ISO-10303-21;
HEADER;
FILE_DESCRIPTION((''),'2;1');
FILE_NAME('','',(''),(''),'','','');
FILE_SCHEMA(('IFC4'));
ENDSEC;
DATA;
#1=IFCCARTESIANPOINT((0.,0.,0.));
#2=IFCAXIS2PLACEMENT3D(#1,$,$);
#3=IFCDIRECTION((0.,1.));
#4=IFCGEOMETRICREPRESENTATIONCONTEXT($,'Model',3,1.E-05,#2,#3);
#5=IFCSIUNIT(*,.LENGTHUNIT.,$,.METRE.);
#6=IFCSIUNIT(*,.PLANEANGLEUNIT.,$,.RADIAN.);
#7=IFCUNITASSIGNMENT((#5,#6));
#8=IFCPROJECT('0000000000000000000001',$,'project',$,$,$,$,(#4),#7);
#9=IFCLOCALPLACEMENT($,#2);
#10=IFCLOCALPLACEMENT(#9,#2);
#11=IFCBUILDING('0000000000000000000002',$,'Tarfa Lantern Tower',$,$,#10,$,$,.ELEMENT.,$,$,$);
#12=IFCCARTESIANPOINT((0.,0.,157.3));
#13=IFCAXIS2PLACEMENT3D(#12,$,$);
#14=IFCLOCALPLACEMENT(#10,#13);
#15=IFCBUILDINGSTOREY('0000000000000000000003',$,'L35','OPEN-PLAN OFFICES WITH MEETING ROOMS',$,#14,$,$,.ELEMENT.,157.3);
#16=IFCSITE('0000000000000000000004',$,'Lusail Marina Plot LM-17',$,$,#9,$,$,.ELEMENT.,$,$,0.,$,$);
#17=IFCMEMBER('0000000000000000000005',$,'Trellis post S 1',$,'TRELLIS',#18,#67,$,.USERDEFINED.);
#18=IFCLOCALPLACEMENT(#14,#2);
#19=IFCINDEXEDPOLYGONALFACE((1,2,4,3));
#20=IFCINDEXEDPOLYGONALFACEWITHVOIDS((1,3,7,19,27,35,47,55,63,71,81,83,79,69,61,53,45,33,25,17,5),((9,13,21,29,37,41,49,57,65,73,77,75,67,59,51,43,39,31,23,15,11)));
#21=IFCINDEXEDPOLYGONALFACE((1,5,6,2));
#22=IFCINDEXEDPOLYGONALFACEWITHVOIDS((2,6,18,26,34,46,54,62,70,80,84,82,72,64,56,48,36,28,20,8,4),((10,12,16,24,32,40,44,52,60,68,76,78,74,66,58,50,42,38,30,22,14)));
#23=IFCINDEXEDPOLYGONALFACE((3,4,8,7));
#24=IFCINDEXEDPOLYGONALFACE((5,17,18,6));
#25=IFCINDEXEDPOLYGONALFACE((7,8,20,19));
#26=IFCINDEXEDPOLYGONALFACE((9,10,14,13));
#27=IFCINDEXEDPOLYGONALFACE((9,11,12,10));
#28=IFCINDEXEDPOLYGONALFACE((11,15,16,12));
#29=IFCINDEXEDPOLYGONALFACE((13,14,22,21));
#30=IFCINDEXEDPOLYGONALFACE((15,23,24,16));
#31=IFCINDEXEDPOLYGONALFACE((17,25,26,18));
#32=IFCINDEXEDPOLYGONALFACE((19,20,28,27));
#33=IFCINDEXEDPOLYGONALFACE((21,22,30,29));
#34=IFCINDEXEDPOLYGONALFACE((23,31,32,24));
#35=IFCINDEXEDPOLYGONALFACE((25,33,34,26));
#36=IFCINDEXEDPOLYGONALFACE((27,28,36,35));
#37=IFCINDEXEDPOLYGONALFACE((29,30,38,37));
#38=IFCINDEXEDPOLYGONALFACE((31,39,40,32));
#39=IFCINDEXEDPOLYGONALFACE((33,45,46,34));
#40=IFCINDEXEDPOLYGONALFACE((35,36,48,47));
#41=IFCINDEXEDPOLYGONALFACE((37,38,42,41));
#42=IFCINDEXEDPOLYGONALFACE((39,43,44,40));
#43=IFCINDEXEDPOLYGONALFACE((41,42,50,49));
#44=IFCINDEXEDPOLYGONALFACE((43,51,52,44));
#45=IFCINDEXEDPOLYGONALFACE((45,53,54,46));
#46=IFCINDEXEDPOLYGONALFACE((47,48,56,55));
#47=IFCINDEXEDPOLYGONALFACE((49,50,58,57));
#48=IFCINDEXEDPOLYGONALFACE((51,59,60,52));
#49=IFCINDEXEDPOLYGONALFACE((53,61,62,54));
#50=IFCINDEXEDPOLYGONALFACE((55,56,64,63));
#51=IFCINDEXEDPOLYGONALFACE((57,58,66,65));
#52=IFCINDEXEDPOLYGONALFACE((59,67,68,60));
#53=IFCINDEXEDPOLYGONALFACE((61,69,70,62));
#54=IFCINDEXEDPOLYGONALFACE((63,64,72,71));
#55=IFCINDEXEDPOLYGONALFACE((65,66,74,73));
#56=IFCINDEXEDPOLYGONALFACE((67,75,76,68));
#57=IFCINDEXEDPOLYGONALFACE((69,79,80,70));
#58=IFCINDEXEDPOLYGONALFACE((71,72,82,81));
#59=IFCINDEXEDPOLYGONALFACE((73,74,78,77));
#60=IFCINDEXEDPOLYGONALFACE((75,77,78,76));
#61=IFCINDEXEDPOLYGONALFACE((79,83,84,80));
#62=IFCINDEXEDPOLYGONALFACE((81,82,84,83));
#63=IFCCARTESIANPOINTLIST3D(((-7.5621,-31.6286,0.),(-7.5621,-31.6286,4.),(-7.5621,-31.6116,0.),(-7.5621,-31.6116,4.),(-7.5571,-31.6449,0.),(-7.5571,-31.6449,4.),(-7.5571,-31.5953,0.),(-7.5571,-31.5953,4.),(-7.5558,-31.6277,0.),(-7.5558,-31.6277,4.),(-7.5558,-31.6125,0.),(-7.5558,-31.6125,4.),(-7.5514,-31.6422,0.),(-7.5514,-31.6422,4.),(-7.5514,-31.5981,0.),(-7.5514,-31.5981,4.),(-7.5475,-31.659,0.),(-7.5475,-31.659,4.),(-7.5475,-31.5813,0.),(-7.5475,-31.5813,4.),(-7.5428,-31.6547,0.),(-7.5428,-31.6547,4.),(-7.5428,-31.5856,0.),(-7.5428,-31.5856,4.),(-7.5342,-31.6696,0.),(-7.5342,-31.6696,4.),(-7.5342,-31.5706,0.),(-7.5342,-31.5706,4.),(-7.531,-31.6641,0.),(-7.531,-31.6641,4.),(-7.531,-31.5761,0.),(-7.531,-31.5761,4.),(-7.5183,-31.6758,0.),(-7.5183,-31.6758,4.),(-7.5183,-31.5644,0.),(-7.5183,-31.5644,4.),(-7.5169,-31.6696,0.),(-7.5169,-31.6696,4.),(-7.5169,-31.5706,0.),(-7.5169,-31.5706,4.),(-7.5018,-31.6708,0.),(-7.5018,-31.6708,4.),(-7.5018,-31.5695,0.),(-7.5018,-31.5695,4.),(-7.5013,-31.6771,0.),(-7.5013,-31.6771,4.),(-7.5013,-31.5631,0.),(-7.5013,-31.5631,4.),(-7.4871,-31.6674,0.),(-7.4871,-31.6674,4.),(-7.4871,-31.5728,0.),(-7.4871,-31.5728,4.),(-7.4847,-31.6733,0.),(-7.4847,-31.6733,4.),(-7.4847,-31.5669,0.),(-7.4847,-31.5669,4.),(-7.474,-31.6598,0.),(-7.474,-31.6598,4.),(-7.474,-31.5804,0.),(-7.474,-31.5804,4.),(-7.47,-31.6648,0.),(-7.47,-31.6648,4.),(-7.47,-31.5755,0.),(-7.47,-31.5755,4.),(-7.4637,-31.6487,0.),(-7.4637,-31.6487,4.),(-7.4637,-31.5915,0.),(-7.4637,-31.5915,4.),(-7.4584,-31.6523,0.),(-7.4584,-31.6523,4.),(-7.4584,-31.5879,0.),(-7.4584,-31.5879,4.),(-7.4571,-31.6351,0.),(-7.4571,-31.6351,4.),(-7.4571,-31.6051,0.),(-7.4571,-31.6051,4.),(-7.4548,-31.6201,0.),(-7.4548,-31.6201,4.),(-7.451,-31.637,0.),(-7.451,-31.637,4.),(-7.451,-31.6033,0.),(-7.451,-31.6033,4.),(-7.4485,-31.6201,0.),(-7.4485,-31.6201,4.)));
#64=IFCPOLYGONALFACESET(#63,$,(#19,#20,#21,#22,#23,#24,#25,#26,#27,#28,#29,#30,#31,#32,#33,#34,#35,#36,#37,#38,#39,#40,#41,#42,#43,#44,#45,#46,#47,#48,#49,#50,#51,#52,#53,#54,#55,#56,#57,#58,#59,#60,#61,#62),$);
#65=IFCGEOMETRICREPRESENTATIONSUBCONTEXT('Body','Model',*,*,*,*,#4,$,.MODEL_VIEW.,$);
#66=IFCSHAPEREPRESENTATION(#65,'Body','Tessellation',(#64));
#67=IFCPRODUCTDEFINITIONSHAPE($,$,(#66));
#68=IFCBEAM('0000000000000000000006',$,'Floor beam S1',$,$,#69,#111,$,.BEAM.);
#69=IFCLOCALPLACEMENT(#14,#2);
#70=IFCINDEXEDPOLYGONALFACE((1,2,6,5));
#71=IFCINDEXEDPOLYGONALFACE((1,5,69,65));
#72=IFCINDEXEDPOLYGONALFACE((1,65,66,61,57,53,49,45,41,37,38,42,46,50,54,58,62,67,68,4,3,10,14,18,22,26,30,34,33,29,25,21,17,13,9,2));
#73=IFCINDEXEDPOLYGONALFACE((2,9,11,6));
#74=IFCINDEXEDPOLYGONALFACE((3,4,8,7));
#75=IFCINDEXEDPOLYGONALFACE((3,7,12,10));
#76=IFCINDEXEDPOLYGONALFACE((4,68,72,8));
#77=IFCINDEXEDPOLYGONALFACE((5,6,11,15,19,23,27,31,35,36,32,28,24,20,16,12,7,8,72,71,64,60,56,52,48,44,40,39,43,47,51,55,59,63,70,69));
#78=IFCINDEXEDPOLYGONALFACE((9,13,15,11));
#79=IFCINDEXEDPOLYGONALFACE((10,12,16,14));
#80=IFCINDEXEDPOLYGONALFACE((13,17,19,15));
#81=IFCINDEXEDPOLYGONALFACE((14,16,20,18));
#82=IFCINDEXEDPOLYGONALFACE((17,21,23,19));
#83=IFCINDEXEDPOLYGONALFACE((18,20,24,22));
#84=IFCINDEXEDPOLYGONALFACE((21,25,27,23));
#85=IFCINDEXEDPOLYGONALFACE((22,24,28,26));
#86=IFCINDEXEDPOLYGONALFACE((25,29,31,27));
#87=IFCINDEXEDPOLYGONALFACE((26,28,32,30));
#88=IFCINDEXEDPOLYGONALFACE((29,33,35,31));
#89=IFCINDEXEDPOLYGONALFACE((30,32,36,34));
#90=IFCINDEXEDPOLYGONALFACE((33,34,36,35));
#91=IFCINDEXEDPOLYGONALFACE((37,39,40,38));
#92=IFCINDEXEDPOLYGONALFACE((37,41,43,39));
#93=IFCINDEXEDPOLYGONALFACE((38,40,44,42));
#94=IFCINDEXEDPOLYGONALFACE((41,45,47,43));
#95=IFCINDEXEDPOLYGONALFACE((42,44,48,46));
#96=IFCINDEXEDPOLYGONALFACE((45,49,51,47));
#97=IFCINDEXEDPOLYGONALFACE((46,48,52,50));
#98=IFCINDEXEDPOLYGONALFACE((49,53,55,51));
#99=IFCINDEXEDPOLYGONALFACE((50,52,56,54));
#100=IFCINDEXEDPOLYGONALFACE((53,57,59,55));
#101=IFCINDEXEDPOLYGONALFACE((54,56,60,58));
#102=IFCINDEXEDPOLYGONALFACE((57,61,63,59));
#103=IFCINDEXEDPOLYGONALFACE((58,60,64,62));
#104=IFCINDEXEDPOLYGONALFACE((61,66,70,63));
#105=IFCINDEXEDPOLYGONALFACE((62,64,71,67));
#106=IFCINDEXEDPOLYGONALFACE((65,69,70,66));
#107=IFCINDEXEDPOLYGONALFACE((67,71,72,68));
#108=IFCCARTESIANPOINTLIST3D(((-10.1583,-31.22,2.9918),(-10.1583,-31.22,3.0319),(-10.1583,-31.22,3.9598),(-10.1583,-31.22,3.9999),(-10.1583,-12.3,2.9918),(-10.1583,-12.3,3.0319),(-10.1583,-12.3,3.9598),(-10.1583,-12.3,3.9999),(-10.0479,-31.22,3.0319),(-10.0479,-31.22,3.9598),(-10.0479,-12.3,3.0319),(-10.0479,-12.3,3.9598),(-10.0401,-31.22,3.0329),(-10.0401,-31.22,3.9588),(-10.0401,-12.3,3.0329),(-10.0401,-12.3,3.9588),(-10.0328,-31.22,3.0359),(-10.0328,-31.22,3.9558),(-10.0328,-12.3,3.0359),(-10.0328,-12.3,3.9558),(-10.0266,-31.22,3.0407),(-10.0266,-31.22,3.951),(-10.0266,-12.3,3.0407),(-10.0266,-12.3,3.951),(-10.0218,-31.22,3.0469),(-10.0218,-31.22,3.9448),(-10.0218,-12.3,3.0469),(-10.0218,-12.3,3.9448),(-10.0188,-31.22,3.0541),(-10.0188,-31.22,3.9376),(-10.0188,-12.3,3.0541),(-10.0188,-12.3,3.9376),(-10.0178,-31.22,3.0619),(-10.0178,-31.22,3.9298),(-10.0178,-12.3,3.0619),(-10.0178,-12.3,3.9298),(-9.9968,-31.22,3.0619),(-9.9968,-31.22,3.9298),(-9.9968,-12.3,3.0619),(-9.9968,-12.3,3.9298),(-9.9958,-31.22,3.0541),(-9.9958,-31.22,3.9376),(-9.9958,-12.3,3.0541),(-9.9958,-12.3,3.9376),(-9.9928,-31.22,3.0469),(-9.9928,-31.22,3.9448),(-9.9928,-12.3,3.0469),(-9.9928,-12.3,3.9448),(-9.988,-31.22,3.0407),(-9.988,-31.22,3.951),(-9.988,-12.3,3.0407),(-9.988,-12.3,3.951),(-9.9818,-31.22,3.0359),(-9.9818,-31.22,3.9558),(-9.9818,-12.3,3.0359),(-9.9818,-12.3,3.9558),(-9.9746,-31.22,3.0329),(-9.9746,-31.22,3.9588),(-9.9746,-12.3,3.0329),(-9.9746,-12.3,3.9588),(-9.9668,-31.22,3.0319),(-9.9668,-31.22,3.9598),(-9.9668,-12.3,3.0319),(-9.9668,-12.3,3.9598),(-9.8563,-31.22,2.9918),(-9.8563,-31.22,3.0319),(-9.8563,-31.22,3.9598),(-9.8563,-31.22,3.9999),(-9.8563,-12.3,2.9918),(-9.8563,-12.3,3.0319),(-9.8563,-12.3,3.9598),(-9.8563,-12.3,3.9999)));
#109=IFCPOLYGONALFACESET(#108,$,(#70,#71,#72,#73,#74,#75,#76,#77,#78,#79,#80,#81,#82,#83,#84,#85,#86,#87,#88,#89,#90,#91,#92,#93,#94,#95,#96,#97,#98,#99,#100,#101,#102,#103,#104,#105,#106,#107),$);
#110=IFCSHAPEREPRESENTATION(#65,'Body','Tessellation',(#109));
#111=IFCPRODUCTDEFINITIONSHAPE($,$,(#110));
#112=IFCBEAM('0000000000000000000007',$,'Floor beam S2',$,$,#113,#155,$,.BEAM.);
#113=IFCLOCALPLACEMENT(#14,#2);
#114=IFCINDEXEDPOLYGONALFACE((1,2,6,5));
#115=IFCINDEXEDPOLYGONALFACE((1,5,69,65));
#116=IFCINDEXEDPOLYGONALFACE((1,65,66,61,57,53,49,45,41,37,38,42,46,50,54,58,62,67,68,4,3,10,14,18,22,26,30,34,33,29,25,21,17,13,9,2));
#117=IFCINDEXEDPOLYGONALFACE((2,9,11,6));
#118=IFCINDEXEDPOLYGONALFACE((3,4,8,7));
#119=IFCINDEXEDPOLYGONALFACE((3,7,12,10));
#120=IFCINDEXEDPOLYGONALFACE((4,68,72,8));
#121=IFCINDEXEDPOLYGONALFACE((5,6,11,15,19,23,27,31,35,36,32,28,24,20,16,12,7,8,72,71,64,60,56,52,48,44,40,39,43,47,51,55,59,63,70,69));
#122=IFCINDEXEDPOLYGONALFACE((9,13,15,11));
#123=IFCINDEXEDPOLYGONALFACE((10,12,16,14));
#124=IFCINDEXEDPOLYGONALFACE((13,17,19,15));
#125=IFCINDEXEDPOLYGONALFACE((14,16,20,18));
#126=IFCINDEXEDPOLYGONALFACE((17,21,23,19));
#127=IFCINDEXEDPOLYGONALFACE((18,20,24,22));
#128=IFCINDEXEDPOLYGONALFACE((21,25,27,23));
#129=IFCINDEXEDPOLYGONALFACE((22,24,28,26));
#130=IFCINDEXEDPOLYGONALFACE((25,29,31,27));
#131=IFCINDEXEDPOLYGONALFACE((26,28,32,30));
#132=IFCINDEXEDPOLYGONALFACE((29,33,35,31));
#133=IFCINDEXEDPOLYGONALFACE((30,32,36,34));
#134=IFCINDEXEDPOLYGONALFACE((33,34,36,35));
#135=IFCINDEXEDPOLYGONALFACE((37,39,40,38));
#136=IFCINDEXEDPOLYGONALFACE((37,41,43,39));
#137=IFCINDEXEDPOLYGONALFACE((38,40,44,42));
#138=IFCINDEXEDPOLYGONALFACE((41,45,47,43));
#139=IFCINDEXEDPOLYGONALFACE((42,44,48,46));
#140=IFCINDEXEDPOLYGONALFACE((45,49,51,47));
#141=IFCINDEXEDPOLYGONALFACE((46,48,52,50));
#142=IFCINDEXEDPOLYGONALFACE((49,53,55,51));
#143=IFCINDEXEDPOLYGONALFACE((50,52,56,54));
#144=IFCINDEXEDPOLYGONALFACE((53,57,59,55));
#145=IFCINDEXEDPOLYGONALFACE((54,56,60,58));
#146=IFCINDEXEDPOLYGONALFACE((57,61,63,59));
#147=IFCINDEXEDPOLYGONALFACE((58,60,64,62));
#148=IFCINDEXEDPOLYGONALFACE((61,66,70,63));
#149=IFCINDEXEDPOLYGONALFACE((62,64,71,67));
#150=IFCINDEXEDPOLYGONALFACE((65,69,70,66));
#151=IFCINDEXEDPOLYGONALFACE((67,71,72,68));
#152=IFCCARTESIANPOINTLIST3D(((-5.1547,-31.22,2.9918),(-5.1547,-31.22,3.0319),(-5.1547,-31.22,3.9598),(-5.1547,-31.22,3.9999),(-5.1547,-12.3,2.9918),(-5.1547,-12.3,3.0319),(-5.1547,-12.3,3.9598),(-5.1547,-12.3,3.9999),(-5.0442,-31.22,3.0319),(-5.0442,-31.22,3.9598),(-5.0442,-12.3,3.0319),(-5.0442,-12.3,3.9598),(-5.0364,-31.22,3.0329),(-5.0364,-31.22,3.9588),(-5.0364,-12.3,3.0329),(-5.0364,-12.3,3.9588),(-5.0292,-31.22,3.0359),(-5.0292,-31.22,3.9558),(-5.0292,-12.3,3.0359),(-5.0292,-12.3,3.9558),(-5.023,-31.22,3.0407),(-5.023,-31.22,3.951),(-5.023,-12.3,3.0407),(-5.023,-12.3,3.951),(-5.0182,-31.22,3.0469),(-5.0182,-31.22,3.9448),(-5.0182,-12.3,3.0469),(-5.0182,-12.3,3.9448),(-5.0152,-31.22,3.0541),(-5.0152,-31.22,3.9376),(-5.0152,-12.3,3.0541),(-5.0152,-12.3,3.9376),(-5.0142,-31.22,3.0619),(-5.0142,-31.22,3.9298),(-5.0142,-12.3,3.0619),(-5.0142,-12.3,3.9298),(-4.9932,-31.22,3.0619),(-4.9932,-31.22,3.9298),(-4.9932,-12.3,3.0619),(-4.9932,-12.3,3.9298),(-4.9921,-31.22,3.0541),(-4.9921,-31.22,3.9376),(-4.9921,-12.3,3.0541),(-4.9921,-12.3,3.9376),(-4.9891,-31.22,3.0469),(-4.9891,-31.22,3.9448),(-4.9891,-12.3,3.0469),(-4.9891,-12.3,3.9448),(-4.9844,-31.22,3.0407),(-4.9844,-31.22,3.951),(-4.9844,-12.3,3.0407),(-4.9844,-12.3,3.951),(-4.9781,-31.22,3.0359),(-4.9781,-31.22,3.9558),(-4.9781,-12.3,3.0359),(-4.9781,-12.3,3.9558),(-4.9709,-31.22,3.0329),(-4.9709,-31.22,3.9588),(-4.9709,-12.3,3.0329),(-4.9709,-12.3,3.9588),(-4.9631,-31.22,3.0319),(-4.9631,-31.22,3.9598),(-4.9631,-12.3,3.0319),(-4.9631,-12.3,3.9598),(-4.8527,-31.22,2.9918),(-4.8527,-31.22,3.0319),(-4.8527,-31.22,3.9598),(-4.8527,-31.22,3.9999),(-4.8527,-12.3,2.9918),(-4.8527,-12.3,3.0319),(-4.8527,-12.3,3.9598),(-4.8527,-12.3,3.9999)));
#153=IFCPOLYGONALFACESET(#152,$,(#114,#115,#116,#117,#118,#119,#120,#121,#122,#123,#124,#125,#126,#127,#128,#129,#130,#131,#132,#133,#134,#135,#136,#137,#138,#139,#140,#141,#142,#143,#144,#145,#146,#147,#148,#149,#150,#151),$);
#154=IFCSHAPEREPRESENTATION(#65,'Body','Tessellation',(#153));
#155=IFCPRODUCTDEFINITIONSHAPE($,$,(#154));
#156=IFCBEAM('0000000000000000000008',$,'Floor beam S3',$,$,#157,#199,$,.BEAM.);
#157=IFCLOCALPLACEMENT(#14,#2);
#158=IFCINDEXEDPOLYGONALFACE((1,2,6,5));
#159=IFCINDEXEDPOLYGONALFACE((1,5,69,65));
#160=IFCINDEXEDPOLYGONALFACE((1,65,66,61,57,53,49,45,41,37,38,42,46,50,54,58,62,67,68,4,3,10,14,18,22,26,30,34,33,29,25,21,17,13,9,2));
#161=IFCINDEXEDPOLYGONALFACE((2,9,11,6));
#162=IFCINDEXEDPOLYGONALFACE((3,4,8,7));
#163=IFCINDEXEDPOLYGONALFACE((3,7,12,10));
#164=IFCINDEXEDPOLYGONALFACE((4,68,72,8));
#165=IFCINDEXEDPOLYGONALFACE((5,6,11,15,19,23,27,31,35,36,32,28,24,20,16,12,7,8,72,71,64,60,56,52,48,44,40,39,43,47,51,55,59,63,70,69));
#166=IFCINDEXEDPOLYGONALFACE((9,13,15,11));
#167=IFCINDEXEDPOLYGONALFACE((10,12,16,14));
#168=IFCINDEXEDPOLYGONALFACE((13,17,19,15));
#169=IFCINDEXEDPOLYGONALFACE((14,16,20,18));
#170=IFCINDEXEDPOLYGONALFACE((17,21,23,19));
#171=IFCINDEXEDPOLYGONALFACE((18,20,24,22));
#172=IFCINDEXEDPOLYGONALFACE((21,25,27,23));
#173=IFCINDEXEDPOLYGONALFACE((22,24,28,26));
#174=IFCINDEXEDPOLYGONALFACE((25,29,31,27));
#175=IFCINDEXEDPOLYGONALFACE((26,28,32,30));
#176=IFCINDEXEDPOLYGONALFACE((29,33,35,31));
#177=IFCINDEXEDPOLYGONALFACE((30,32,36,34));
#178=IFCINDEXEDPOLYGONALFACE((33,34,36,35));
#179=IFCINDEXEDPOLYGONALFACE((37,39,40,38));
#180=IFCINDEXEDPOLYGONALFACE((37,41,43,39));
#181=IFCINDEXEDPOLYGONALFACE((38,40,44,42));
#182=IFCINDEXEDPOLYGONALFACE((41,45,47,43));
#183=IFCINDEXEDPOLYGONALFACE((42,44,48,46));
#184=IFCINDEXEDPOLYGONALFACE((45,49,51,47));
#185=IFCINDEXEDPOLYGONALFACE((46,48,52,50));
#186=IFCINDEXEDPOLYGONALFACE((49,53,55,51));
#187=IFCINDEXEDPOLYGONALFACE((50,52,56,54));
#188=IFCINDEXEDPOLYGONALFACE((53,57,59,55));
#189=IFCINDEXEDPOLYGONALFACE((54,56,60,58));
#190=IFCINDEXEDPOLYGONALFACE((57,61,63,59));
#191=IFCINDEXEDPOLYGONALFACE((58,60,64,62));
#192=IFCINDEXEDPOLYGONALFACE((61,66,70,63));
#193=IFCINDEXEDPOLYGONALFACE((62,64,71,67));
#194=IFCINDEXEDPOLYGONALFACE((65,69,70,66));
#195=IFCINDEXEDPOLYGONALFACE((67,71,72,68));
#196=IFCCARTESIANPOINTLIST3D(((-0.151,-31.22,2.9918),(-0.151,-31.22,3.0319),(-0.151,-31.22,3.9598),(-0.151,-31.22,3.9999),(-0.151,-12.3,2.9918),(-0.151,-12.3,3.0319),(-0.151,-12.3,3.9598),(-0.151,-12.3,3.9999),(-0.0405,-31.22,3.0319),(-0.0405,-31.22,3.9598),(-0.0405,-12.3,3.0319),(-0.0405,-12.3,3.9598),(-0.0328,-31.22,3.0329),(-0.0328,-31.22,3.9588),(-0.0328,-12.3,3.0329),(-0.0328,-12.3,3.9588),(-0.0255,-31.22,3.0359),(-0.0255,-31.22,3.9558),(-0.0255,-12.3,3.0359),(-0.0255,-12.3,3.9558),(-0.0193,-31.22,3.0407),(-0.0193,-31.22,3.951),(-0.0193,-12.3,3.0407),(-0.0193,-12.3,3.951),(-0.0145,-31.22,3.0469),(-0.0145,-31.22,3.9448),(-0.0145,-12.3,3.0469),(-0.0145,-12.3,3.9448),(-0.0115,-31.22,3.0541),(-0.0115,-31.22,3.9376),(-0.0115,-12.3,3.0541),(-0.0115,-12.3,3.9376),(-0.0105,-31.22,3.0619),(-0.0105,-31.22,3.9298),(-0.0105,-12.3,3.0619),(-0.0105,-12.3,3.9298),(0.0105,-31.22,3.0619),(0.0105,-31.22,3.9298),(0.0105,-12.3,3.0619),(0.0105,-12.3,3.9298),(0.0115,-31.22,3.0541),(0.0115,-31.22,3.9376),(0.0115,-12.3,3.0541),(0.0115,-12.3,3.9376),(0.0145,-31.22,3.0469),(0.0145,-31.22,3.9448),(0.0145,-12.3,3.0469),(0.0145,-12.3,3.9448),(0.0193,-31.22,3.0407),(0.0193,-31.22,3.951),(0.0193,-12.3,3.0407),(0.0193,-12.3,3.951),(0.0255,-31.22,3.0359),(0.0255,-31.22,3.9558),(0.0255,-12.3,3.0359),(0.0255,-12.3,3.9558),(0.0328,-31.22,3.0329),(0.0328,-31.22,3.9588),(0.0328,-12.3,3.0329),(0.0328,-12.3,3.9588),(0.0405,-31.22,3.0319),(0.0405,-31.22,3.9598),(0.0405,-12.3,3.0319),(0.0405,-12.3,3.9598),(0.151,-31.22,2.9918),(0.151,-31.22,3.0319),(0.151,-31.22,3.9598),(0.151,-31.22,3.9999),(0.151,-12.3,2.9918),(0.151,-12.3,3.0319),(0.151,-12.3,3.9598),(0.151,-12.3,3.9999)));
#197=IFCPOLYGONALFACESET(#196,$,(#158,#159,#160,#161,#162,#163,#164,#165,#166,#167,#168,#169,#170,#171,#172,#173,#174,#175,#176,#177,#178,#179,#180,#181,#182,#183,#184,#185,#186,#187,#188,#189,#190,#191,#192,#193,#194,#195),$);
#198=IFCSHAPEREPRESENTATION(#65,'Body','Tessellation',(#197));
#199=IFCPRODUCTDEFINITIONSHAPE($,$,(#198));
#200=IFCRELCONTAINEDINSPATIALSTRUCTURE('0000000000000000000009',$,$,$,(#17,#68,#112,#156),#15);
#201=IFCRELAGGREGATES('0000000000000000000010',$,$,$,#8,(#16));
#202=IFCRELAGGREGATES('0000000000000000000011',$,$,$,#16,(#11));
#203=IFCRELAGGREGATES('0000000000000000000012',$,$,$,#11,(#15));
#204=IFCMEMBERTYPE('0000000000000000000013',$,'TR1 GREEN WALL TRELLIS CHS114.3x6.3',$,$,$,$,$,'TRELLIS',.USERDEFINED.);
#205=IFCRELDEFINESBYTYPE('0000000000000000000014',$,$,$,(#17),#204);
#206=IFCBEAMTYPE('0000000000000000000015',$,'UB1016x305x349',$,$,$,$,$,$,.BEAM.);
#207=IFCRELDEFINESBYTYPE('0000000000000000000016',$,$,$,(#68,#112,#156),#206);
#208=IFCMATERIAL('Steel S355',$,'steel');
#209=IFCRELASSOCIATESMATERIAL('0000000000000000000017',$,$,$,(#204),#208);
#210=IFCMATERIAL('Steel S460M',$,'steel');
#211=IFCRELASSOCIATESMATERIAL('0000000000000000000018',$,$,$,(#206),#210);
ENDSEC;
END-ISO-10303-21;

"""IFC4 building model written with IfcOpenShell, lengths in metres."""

from ifc_helpers import new_model, si_unit, direction, frame, origin, origin_2d, place, context, subcontext, project, spatial, hollow_circle, i_section, extrude, material, material_profile, profile_set, type_object, element, save


model = new_model("IFC4")

# Units and contexts
model_context = context("Model", 3, precision=1e-05, world=origin(), true_north=direction((0.0, 1.0)))
body_context = subcontext(model_context, "Body", "Model", "MODEL_VIEW")
ifc_project = project(units=[si_unit("LENGTHUNIT", "METRE"), si_unit("PLANEANGLEUNIT", "RADIAN")], contexts=[model_context])

# Site, building, storey
site_placement = place(None, origin())
site = spatial("IfcSite", under=ifc_project, at=site_placement, Name="Lusail Marina Plot LM-17", CompositionType="ELEMENT", RefElevation=0.0)
building_placement = place(site_placement, origin())
building = spatial("IfcBuilding", under=site, at=building_placement, Name="Tarfa Lantern Tower", CompositionType="ELEMENT")
storey_placement = place(building_placement, frame((0.0, 0.0, 157.3)))
storey = spatial("IfcBuildingStorey", under=building, at=storey_placement, Name="L35", Description="OPEN-PLAN OFFICES WITH MEETING ROOMS", CompositionType="ELEMENT", Elevation=157.3)

# Member
ifc_material_1 = material(Name="Steel S355", Category="steel")
ifc_material_profile_1 = material_profile(ifc_material_1, hollow_circle(Radius=0.0571, WallThickness=0.0063, at=origin_2d()), Name="CHS114.3x6.3")
ifc_profile_set_1 = profile_set([ifc_material_profile_1], Name="Steel S355")
member_type_1 = type_object("IfcMemberType", Name="TR1 GREEN WALL TRELLIS CHS114.3x6.3", ElementType="TRELLIS", PredefinedType="USERDEFINED", material=ifc_profile_set_1)
member_1_placement = place(storey_placement, frame((-7.5056, -31.6201, 0.0), z_axis=(0.0, 0.0, 1.0), x_axis=(1.0, 0.0, 0.0)))
element("IfcMember", 1, at=member_1_placement, inside=storey, type_object=member_type_1, Name="Trellis post S 1", ObjectType="TRELLIS", PredefinedType="USERDEFINED", context=body_context, shape_type="SweptSolid", body=[
    extrude(hollow_circle(Radius=0.0571, WallThickness=0.0063, at=origin_2d()), origin(), (0.0, 0.0, 1.0), 4.0),
])

# Beams
ifc_material_2 = material(Name="Steel S460M", Category="steel")
ifc_material_profile_2 = material_profile(ifc_material_2, i_section(OverallWidth=0.302, OverallDepth=1.0081, WebThickness=0.021, FlangeThickness=0.04, FilletRadius=0.03, at=origin_2d()), Name="UB1016x305x349")
ifc_profile_set_2 = profile_set([ifc_material_profile_2], Name="Steel S460M")
beam_type_1 = type_object("IfcBeamType", Name="UB1016x305x349", PredefinedType="BEAM", material=ifc_profile_set_2)
for number, where, z_axis, x_axis, name in (
    (2, (-10.0073, -31.22, 3.4958), (0.0, 1.0, 0.0), (-1.0, 0.0, 0.0), "Floor beam S1"),
    (3, (-5.0037, -31.22, 3.4958), (0.0, 1.0, 0.0), (-1.0, 0.0, 0.0), "Floor beam S2"),
    (4, (0.0, -31.22, 3.4958), (0.0, 1.0, 0.0), (-1.0, 0.0, 0.0), "Floor beam S3"),
):
    element("IfcBeam", number, at=place(storey_placement, frame(where, z_axis=z_axis, x_axis=x_axis)), inside=storey, type_object=beam_type_1, Name=name, PredefinedType="BEAM", context=body_context, shape_type="SweptSolid", body=[
        extrude(i_section(OverallWidth=0.302, OverallDepth=1.0081, WebThickness=0.021, FlangeThickness=0.04, FilletRadius=0.03, at=origin_2d()), origin(), (0.0, 0.0, 1.0), 18.9199),
    ])

save(model, "model.ifc")
